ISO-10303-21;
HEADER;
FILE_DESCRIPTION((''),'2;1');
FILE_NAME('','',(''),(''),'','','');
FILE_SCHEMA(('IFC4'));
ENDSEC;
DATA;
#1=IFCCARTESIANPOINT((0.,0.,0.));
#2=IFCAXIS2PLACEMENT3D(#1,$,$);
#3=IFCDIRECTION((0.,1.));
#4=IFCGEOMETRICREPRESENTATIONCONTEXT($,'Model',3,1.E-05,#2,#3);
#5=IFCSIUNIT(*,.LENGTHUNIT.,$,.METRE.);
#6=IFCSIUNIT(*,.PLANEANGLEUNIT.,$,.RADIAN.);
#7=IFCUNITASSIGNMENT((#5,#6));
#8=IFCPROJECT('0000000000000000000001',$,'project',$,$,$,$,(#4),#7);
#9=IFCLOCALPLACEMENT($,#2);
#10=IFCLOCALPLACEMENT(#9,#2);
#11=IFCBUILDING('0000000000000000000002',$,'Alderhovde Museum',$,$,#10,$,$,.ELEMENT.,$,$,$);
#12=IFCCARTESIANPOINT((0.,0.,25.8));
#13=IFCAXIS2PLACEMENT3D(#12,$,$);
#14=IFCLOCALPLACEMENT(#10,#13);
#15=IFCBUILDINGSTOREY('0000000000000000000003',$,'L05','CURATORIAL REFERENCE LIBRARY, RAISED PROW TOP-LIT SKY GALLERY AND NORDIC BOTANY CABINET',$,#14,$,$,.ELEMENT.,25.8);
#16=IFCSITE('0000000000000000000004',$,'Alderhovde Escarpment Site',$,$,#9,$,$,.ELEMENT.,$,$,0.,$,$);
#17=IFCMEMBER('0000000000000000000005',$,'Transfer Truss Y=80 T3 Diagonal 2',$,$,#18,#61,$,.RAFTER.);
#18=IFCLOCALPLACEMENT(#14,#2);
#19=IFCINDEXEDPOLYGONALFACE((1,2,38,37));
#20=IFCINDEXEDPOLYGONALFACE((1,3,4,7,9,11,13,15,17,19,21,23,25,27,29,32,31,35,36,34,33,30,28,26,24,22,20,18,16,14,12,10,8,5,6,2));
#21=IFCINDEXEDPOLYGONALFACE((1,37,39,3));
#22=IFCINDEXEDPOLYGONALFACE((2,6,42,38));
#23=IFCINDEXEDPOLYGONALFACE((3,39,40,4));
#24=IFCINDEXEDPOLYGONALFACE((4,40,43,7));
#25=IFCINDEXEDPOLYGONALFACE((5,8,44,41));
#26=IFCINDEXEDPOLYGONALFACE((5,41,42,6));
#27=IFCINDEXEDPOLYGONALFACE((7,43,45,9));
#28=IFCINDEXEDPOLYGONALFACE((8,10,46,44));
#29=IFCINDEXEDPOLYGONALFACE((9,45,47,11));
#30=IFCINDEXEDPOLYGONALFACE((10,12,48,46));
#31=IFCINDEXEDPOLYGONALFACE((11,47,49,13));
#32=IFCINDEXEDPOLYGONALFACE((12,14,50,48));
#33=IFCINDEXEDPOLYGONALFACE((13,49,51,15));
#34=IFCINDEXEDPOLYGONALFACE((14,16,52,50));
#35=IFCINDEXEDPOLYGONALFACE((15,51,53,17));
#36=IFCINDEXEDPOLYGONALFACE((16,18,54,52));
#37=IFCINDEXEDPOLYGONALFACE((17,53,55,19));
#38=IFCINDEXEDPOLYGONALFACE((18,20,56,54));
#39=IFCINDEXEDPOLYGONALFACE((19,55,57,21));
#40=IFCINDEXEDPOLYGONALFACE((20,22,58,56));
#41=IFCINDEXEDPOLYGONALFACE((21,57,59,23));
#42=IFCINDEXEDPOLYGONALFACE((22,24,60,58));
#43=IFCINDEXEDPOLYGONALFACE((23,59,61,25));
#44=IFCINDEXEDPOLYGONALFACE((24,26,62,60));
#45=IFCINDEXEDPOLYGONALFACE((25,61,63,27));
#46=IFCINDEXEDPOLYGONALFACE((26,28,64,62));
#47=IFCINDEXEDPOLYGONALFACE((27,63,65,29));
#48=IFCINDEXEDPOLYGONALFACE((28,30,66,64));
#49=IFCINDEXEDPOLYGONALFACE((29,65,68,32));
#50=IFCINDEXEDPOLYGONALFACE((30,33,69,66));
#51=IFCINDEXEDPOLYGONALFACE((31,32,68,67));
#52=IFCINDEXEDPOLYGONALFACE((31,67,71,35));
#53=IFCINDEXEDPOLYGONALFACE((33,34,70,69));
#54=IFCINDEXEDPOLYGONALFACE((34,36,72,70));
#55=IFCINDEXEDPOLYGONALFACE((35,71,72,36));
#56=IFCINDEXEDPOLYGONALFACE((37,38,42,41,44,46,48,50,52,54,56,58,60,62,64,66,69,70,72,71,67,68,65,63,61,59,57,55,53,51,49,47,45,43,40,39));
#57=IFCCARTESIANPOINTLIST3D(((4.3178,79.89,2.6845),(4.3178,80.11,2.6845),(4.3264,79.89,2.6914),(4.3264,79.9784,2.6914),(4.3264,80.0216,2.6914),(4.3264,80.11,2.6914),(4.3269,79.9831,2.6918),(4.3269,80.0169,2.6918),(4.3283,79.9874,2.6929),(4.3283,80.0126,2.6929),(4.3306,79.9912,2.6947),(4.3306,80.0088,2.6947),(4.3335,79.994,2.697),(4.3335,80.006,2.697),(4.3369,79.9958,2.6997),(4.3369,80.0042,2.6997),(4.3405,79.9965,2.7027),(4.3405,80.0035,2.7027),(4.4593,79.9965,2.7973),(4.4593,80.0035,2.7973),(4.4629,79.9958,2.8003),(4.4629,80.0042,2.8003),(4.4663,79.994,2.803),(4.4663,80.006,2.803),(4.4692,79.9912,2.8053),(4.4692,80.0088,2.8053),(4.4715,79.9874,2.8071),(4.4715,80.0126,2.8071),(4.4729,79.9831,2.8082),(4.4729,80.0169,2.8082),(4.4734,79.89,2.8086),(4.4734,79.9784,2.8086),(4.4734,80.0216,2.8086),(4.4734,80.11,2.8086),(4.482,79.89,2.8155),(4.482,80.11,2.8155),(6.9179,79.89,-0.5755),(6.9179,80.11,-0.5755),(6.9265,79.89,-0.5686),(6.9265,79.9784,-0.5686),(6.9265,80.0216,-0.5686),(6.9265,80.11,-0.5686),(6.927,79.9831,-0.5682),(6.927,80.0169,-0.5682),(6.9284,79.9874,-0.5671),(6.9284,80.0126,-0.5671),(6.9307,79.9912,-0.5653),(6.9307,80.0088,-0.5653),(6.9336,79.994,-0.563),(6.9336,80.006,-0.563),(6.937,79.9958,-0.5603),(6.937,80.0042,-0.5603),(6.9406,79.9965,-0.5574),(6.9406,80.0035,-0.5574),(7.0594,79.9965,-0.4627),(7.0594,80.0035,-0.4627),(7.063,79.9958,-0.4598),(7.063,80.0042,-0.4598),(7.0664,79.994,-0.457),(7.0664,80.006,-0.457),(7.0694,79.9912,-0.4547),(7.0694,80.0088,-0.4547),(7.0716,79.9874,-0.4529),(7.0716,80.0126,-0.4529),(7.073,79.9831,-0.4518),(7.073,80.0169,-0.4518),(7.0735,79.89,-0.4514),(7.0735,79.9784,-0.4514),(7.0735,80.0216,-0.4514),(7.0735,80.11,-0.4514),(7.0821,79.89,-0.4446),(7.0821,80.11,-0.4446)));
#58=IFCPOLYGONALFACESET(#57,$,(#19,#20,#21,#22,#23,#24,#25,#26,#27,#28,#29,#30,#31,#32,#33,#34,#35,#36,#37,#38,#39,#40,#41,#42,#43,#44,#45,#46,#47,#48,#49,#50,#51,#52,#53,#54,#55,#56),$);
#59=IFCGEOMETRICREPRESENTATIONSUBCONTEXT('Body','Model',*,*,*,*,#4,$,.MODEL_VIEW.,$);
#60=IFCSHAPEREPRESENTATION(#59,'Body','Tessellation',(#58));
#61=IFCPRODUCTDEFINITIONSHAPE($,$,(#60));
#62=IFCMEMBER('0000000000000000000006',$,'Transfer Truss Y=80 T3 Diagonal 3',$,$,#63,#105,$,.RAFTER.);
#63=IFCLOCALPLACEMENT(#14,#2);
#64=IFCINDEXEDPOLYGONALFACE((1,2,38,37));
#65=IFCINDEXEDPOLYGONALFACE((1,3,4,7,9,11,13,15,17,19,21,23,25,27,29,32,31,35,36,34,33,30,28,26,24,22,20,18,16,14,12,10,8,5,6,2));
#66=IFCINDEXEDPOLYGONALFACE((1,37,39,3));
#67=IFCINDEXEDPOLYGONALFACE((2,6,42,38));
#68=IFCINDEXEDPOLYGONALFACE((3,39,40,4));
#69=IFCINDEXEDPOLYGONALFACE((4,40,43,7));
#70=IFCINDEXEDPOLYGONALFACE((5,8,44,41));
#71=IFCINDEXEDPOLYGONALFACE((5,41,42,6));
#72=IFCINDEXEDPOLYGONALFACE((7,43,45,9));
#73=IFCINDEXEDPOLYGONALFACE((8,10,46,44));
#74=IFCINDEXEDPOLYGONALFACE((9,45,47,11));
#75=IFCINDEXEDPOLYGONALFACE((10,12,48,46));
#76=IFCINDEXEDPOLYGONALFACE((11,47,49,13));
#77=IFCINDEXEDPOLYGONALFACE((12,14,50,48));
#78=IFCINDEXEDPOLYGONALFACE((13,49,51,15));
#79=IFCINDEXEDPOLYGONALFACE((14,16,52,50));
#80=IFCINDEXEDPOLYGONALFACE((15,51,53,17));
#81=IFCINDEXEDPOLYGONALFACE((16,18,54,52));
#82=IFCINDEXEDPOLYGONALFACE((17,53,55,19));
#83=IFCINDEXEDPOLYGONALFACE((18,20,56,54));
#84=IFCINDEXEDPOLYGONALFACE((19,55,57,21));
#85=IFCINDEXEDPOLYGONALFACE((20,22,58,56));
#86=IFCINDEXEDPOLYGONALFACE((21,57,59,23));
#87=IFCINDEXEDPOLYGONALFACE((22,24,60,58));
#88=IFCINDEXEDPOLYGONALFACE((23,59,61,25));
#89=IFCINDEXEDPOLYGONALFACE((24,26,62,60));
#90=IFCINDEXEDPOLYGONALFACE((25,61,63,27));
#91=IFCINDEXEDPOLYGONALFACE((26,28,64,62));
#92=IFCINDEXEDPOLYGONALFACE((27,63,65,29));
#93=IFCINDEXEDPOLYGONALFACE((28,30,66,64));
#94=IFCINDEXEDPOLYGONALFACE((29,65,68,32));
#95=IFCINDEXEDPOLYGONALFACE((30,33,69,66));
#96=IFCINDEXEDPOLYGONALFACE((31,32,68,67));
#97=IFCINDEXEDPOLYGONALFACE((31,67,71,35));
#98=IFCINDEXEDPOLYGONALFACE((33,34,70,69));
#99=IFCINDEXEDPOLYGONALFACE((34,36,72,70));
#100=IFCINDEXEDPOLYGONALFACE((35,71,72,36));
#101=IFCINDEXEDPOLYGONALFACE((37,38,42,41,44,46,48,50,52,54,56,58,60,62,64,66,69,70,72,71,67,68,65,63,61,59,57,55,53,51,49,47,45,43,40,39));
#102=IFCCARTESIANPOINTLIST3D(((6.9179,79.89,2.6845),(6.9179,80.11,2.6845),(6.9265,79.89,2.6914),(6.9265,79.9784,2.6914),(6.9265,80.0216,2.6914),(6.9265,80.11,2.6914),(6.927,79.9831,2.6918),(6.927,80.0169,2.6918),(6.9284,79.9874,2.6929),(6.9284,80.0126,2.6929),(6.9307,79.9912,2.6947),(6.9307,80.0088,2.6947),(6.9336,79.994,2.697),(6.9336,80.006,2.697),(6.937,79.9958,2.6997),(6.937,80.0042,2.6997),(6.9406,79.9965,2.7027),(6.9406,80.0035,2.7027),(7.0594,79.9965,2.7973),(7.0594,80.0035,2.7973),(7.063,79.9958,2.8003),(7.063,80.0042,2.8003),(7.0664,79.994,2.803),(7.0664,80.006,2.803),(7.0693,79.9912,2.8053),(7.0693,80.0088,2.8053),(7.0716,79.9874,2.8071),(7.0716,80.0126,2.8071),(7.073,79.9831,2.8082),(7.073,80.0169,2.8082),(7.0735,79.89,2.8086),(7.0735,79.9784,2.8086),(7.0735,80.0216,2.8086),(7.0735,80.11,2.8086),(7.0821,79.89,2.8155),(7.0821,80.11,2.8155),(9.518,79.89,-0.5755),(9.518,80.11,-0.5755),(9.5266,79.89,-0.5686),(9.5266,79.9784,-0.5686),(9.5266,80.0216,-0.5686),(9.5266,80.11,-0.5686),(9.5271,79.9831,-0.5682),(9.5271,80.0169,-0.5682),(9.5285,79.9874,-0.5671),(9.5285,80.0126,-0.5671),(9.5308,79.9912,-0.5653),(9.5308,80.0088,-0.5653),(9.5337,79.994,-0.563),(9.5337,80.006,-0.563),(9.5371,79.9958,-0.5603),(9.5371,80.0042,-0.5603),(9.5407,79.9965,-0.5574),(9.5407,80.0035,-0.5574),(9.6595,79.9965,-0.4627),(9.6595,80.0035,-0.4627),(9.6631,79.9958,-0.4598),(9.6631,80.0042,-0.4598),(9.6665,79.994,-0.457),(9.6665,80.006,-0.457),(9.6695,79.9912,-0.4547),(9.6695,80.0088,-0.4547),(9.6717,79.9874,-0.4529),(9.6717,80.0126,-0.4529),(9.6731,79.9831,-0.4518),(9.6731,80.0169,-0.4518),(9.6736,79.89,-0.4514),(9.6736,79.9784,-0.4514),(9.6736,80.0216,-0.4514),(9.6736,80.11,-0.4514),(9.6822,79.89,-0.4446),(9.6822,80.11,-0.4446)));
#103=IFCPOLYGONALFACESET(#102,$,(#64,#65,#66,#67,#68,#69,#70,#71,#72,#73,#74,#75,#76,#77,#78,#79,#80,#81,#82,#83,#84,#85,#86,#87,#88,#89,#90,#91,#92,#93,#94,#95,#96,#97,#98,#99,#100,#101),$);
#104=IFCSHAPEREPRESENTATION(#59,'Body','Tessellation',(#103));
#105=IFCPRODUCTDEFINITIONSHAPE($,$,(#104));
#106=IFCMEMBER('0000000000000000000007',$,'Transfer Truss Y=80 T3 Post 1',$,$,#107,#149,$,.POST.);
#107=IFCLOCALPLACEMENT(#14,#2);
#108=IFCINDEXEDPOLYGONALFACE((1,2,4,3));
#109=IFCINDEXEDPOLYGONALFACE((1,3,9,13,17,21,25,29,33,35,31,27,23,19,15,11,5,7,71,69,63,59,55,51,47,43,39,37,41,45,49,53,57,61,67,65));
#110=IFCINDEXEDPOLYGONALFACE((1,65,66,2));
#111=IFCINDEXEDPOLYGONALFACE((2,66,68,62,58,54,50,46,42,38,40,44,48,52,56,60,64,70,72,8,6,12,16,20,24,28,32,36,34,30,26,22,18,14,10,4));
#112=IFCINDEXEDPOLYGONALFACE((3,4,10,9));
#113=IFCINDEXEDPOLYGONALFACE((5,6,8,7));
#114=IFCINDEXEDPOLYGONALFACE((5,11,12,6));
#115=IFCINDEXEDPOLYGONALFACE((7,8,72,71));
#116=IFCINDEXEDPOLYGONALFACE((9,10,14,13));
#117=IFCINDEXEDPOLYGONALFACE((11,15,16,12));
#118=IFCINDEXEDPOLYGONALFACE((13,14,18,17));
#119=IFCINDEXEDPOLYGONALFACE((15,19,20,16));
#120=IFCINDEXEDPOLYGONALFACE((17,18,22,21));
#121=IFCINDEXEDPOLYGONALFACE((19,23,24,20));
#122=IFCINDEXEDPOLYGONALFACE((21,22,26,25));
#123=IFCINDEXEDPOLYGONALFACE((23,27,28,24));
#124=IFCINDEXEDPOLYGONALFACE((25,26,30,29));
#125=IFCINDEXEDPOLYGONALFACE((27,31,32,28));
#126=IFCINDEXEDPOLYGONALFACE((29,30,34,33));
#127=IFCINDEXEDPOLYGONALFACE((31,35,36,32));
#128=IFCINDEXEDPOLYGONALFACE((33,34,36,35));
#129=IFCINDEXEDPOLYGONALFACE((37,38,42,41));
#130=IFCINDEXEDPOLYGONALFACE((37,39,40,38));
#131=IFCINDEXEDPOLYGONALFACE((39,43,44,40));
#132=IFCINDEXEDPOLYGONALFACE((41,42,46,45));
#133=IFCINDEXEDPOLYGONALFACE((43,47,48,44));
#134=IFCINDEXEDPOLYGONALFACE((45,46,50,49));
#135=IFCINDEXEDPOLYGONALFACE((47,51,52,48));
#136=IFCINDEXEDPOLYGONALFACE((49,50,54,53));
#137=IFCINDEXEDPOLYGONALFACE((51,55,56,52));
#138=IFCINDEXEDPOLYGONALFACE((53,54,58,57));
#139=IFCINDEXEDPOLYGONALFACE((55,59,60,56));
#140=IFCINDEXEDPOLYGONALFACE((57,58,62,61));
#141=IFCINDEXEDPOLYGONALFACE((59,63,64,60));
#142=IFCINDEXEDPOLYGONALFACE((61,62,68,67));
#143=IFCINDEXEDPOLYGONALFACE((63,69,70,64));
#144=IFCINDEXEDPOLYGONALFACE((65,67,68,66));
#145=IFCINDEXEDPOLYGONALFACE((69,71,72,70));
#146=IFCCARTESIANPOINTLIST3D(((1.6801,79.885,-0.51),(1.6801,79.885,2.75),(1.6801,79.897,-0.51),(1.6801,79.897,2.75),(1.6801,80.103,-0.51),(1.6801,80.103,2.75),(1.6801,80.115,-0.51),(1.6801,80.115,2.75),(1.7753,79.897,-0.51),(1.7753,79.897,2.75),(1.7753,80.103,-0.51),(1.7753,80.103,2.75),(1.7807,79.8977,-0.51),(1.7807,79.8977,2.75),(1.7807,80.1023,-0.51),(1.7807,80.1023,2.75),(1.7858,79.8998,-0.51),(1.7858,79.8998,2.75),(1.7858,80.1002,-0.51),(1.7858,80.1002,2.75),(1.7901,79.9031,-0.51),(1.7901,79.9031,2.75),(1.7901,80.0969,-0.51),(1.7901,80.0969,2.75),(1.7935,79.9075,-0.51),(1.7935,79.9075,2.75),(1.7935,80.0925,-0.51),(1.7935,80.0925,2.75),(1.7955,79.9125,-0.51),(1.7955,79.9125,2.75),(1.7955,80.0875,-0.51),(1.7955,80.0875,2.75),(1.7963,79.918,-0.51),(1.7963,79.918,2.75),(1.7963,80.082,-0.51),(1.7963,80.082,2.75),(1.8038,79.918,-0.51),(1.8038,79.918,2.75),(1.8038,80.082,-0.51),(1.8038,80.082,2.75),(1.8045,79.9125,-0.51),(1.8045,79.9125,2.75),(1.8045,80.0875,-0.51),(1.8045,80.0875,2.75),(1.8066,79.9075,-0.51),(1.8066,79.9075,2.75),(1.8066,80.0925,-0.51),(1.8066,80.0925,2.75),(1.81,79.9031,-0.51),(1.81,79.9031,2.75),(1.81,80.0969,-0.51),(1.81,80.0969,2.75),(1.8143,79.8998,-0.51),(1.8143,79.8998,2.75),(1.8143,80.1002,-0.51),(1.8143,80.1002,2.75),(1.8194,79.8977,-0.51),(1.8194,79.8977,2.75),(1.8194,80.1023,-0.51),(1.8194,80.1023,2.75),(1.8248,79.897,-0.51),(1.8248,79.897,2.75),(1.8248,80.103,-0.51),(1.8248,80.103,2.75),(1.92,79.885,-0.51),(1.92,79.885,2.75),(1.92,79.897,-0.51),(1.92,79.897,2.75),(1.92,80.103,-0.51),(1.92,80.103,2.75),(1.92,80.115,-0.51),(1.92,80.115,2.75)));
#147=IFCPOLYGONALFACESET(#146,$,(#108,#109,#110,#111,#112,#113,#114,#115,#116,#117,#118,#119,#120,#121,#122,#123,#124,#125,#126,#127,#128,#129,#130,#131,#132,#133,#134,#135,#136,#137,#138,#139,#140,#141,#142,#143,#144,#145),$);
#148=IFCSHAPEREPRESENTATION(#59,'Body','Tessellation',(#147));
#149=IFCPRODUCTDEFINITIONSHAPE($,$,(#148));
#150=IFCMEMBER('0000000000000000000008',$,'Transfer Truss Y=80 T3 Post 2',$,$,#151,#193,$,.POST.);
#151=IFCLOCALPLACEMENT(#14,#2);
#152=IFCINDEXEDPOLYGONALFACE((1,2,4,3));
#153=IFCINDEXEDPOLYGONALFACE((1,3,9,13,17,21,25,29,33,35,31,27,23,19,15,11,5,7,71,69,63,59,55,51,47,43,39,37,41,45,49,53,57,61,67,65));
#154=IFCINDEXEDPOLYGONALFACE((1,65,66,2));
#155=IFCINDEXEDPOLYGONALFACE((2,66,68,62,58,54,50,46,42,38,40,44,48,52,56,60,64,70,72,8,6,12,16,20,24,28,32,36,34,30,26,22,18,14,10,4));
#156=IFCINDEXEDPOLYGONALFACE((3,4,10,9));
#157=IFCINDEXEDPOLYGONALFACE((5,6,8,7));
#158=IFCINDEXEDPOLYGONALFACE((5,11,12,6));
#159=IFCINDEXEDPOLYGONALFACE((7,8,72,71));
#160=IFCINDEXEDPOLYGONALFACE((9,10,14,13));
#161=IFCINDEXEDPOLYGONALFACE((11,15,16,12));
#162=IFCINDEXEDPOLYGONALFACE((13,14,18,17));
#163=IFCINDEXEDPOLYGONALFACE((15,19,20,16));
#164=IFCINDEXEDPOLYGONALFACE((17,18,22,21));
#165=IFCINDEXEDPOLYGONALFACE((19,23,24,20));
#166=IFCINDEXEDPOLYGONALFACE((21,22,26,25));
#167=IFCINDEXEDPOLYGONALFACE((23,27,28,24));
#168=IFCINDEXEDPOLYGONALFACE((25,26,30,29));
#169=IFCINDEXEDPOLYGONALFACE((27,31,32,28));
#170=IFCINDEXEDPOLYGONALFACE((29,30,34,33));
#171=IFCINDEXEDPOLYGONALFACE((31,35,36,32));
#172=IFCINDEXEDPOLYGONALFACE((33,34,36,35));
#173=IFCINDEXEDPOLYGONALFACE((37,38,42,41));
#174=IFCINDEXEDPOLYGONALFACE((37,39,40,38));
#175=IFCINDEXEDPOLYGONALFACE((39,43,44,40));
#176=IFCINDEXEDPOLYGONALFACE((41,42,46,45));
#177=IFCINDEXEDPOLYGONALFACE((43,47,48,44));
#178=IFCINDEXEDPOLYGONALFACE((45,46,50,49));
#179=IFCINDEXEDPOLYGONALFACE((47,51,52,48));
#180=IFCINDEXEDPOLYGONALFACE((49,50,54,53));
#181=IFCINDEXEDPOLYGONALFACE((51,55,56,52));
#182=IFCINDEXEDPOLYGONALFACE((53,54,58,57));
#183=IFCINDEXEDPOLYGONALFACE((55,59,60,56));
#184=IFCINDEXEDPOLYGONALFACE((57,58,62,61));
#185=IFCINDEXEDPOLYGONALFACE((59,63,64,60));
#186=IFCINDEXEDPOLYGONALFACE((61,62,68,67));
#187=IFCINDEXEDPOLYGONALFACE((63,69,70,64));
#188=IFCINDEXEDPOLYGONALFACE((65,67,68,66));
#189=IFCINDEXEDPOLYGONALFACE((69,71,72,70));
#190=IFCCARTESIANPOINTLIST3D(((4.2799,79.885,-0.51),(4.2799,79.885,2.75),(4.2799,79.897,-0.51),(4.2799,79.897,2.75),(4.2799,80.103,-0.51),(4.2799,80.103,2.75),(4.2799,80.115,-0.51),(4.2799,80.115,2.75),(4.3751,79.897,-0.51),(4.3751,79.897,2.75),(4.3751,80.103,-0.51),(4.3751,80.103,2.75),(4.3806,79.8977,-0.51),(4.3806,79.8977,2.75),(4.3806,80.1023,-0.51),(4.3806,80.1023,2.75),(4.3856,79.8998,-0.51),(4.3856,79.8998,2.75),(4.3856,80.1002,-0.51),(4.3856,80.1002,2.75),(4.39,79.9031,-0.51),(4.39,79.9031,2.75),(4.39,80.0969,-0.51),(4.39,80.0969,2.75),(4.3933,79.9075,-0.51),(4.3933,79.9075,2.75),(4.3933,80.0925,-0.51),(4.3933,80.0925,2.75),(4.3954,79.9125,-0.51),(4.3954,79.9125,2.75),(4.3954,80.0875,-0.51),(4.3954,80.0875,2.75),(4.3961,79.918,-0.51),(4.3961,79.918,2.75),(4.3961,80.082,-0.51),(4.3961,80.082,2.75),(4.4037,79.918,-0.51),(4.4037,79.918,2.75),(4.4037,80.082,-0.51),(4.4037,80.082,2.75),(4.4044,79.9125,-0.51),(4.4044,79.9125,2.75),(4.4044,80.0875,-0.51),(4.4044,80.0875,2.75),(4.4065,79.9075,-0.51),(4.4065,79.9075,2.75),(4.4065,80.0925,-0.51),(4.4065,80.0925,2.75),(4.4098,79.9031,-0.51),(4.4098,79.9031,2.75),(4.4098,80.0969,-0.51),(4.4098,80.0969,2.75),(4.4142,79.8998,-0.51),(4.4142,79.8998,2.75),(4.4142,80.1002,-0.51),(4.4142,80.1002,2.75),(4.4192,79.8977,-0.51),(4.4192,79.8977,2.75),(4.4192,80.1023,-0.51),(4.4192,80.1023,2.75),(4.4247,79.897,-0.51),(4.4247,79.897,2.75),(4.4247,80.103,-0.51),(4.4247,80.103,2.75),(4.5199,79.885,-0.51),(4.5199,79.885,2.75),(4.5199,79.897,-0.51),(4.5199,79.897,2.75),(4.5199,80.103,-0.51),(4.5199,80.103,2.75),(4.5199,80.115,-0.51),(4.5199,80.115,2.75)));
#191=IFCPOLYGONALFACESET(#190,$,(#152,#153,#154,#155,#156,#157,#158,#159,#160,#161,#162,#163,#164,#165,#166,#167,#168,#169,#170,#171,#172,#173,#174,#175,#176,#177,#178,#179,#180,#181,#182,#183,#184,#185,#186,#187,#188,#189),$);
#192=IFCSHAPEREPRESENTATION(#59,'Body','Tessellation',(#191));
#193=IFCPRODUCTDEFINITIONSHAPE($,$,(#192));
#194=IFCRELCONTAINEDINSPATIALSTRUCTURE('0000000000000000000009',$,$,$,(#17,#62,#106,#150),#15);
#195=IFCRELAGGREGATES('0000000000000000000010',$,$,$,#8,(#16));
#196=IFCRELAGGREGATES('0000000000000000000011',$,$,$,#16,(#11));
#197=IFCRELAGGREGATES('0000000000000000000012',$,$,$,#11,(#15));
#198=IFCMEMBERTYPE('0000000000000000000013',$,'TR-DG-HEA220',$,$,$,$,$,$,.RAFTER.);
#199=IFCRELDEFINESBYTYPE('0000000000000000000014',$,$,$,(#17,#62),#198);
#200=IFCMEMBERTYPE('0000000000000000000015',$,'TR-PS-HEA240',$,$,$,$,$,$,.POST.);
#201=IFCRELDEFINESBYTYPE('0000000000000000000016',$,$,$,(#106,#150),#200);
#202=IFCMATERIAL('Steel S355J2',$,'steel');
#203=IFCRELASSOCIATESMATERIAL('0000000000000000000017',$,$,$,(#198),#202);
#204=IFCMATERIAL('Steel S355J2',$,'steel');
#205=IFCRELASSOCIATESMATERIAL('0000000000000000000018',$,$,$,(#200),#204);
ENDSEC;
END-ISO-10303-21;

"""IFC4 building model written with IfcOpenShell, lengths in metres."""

from ifc_helpers import new_model, si_unit, direction, frame, origin, origin_2d, place, context, subcontext, project, spatial, i_section, extrude, material, material_profile, profile_set, type_object, element, save


model = new_model("IFC4")

# Units and contexts
model_context = context("Model", 3, precision=1e-05, world=origin(), true_north=direction((0.0, 1.0)))
body_context = subcontext(model_context, "Body", "Model", "MODEL_VIEW")
ifc_project = project(units=[si_unit("LENGTHUNIT", "METRE"), si_unit("PLANEANGLEUNIT", "RADIAN")], contexts=[model_context])

# Site, building, storey
site_placement = place(None, origin())
site = spatial("IfcSite", under=ifc_project, at=site_placement, Name="Alderhovde Escarpment Site", CompositionType="ELEMENT", RefElevation=0.0)
building_placement = place(site_placement, origin())
building = spatial("IfcBuilding", under=site, at=building_placement, Name="Alderhovde Museum", CompositionType="ELEMENT")
storey_placement = place(building_placement, frame((0.0, 0.0, 25.8)))
storey = spatial("IfcBuildingStorey", under=building, at=storey_placement, Name="L05", Description="CURATORIAL REFERENCE LIBRARY, RAISED PROW TOP-LIT SKY GALLERY AND NORDIC BOTANY CABINET", CompositionType="ELEMENT", Elevation=25.8)

# Members
ifc_material_1 = material(Name="Steel S355J2", Category="steel")
ifc_material_profile_1 = material_profile(ifc_material_1, i_section(OverallWidth=0.22, OverallDepth=0.21, WebThickness=0.0071, FlangeThickness=0.011, FilletRadius=0.0181, at=origin_2d()), Name="HEA 220")
ifc_profile_set_1 = profile_set([ifc_material_profile_1], Name="Steel S355J2")
member_type_1 = type_object("IfcMemberType", Name="TR-DG-HEA220", PredefinedType="RAFTER", material=ifc_profile_set_1)
for number, where, z_axis, x_axis, name in (
    (1, (4.3999, 80.0, 2.75), (0.623538, 0.0, -0.781793), (0.0, 1.0, 0.0), "Transfer Truss Y=80 T3 Diagonal 2"),
    (2, (7.0, 80.0, 2.75), (0.623538, 0.0, -0.781793), (0.0, 1.0, 0.0), "Transfer Truss Y=80 T3 Diagonal 3"),
):
    element("IfcMember", number, at=place(storey_placement, frame(where, z_axis=z_axis, x_axis=x_axis)), inside=storey, type_object=member_type_1, Name=name, PredefinedType="RAFTER", context=body_context, shape_type="SweptSolid", body=[
        extrude(i_section(OverallWidth=0.22, OverallDepth=0.21, WebThickness=0.0071, FlangeThickness=0.011, FilletRadius=0.0181, at=origin_2d()), origin(), (0.0, 0.0, 1.0), 4.1699),
    ])
ifc_material_2 = material(Name="Steel S355J2", Category="steel")
ifc_material_profile_2 = material_profile(ifc_material_2, i_section(OverallWidth=0.24, OverallDepth=0.23, WebThickness=0.0076, FlangeThickness=0.012, FilletRadius=0.021, at=origin_2d()), Name="HEA 240")
ifc_profile_set_2 = profile_set([ifc_material_profile_2], Name="Steel S355J2")
member_type_2 = type_object("IfcMemberType", Name="TR-PS-HEA240", PredefinedType="POST", material=ifc_profile_set_2)
for number, where, z_axis, x_axis, name in (
    (3, (1.8, 80.0, -0.51), (0.0, 0.0, 1.0), (1.0, 0.0, 0.0), "Transfer Truss Y=80 T3 Post 1"),
    (4, (4.3999, 80.0, -0.51), (0.0, 0.0, 1.0), (1.0, 0.0, 0.0), "Transfer Truss Y=80 T3 Post 2"),
):
    element("IfcMember", number, at=place(storey_placement, frame(where, z_axis=z_axis, x_axis=x_axis)), inside=storey, type_object=member_type_2, Name=name, PredefinedType="POST", context=body_context, shape_type="SweptSolid", body=[
        extrude(i_section(OverallWidth=0.24, OverallDepth=0.23, WebThickness=0.0076, FlangeThickness=0.012, FilletRadius=0.021, at=origin_2d()), origin(), (0.0, 0.0, 1.0), 3.26),
    ])

save(model, "model.ifc")
